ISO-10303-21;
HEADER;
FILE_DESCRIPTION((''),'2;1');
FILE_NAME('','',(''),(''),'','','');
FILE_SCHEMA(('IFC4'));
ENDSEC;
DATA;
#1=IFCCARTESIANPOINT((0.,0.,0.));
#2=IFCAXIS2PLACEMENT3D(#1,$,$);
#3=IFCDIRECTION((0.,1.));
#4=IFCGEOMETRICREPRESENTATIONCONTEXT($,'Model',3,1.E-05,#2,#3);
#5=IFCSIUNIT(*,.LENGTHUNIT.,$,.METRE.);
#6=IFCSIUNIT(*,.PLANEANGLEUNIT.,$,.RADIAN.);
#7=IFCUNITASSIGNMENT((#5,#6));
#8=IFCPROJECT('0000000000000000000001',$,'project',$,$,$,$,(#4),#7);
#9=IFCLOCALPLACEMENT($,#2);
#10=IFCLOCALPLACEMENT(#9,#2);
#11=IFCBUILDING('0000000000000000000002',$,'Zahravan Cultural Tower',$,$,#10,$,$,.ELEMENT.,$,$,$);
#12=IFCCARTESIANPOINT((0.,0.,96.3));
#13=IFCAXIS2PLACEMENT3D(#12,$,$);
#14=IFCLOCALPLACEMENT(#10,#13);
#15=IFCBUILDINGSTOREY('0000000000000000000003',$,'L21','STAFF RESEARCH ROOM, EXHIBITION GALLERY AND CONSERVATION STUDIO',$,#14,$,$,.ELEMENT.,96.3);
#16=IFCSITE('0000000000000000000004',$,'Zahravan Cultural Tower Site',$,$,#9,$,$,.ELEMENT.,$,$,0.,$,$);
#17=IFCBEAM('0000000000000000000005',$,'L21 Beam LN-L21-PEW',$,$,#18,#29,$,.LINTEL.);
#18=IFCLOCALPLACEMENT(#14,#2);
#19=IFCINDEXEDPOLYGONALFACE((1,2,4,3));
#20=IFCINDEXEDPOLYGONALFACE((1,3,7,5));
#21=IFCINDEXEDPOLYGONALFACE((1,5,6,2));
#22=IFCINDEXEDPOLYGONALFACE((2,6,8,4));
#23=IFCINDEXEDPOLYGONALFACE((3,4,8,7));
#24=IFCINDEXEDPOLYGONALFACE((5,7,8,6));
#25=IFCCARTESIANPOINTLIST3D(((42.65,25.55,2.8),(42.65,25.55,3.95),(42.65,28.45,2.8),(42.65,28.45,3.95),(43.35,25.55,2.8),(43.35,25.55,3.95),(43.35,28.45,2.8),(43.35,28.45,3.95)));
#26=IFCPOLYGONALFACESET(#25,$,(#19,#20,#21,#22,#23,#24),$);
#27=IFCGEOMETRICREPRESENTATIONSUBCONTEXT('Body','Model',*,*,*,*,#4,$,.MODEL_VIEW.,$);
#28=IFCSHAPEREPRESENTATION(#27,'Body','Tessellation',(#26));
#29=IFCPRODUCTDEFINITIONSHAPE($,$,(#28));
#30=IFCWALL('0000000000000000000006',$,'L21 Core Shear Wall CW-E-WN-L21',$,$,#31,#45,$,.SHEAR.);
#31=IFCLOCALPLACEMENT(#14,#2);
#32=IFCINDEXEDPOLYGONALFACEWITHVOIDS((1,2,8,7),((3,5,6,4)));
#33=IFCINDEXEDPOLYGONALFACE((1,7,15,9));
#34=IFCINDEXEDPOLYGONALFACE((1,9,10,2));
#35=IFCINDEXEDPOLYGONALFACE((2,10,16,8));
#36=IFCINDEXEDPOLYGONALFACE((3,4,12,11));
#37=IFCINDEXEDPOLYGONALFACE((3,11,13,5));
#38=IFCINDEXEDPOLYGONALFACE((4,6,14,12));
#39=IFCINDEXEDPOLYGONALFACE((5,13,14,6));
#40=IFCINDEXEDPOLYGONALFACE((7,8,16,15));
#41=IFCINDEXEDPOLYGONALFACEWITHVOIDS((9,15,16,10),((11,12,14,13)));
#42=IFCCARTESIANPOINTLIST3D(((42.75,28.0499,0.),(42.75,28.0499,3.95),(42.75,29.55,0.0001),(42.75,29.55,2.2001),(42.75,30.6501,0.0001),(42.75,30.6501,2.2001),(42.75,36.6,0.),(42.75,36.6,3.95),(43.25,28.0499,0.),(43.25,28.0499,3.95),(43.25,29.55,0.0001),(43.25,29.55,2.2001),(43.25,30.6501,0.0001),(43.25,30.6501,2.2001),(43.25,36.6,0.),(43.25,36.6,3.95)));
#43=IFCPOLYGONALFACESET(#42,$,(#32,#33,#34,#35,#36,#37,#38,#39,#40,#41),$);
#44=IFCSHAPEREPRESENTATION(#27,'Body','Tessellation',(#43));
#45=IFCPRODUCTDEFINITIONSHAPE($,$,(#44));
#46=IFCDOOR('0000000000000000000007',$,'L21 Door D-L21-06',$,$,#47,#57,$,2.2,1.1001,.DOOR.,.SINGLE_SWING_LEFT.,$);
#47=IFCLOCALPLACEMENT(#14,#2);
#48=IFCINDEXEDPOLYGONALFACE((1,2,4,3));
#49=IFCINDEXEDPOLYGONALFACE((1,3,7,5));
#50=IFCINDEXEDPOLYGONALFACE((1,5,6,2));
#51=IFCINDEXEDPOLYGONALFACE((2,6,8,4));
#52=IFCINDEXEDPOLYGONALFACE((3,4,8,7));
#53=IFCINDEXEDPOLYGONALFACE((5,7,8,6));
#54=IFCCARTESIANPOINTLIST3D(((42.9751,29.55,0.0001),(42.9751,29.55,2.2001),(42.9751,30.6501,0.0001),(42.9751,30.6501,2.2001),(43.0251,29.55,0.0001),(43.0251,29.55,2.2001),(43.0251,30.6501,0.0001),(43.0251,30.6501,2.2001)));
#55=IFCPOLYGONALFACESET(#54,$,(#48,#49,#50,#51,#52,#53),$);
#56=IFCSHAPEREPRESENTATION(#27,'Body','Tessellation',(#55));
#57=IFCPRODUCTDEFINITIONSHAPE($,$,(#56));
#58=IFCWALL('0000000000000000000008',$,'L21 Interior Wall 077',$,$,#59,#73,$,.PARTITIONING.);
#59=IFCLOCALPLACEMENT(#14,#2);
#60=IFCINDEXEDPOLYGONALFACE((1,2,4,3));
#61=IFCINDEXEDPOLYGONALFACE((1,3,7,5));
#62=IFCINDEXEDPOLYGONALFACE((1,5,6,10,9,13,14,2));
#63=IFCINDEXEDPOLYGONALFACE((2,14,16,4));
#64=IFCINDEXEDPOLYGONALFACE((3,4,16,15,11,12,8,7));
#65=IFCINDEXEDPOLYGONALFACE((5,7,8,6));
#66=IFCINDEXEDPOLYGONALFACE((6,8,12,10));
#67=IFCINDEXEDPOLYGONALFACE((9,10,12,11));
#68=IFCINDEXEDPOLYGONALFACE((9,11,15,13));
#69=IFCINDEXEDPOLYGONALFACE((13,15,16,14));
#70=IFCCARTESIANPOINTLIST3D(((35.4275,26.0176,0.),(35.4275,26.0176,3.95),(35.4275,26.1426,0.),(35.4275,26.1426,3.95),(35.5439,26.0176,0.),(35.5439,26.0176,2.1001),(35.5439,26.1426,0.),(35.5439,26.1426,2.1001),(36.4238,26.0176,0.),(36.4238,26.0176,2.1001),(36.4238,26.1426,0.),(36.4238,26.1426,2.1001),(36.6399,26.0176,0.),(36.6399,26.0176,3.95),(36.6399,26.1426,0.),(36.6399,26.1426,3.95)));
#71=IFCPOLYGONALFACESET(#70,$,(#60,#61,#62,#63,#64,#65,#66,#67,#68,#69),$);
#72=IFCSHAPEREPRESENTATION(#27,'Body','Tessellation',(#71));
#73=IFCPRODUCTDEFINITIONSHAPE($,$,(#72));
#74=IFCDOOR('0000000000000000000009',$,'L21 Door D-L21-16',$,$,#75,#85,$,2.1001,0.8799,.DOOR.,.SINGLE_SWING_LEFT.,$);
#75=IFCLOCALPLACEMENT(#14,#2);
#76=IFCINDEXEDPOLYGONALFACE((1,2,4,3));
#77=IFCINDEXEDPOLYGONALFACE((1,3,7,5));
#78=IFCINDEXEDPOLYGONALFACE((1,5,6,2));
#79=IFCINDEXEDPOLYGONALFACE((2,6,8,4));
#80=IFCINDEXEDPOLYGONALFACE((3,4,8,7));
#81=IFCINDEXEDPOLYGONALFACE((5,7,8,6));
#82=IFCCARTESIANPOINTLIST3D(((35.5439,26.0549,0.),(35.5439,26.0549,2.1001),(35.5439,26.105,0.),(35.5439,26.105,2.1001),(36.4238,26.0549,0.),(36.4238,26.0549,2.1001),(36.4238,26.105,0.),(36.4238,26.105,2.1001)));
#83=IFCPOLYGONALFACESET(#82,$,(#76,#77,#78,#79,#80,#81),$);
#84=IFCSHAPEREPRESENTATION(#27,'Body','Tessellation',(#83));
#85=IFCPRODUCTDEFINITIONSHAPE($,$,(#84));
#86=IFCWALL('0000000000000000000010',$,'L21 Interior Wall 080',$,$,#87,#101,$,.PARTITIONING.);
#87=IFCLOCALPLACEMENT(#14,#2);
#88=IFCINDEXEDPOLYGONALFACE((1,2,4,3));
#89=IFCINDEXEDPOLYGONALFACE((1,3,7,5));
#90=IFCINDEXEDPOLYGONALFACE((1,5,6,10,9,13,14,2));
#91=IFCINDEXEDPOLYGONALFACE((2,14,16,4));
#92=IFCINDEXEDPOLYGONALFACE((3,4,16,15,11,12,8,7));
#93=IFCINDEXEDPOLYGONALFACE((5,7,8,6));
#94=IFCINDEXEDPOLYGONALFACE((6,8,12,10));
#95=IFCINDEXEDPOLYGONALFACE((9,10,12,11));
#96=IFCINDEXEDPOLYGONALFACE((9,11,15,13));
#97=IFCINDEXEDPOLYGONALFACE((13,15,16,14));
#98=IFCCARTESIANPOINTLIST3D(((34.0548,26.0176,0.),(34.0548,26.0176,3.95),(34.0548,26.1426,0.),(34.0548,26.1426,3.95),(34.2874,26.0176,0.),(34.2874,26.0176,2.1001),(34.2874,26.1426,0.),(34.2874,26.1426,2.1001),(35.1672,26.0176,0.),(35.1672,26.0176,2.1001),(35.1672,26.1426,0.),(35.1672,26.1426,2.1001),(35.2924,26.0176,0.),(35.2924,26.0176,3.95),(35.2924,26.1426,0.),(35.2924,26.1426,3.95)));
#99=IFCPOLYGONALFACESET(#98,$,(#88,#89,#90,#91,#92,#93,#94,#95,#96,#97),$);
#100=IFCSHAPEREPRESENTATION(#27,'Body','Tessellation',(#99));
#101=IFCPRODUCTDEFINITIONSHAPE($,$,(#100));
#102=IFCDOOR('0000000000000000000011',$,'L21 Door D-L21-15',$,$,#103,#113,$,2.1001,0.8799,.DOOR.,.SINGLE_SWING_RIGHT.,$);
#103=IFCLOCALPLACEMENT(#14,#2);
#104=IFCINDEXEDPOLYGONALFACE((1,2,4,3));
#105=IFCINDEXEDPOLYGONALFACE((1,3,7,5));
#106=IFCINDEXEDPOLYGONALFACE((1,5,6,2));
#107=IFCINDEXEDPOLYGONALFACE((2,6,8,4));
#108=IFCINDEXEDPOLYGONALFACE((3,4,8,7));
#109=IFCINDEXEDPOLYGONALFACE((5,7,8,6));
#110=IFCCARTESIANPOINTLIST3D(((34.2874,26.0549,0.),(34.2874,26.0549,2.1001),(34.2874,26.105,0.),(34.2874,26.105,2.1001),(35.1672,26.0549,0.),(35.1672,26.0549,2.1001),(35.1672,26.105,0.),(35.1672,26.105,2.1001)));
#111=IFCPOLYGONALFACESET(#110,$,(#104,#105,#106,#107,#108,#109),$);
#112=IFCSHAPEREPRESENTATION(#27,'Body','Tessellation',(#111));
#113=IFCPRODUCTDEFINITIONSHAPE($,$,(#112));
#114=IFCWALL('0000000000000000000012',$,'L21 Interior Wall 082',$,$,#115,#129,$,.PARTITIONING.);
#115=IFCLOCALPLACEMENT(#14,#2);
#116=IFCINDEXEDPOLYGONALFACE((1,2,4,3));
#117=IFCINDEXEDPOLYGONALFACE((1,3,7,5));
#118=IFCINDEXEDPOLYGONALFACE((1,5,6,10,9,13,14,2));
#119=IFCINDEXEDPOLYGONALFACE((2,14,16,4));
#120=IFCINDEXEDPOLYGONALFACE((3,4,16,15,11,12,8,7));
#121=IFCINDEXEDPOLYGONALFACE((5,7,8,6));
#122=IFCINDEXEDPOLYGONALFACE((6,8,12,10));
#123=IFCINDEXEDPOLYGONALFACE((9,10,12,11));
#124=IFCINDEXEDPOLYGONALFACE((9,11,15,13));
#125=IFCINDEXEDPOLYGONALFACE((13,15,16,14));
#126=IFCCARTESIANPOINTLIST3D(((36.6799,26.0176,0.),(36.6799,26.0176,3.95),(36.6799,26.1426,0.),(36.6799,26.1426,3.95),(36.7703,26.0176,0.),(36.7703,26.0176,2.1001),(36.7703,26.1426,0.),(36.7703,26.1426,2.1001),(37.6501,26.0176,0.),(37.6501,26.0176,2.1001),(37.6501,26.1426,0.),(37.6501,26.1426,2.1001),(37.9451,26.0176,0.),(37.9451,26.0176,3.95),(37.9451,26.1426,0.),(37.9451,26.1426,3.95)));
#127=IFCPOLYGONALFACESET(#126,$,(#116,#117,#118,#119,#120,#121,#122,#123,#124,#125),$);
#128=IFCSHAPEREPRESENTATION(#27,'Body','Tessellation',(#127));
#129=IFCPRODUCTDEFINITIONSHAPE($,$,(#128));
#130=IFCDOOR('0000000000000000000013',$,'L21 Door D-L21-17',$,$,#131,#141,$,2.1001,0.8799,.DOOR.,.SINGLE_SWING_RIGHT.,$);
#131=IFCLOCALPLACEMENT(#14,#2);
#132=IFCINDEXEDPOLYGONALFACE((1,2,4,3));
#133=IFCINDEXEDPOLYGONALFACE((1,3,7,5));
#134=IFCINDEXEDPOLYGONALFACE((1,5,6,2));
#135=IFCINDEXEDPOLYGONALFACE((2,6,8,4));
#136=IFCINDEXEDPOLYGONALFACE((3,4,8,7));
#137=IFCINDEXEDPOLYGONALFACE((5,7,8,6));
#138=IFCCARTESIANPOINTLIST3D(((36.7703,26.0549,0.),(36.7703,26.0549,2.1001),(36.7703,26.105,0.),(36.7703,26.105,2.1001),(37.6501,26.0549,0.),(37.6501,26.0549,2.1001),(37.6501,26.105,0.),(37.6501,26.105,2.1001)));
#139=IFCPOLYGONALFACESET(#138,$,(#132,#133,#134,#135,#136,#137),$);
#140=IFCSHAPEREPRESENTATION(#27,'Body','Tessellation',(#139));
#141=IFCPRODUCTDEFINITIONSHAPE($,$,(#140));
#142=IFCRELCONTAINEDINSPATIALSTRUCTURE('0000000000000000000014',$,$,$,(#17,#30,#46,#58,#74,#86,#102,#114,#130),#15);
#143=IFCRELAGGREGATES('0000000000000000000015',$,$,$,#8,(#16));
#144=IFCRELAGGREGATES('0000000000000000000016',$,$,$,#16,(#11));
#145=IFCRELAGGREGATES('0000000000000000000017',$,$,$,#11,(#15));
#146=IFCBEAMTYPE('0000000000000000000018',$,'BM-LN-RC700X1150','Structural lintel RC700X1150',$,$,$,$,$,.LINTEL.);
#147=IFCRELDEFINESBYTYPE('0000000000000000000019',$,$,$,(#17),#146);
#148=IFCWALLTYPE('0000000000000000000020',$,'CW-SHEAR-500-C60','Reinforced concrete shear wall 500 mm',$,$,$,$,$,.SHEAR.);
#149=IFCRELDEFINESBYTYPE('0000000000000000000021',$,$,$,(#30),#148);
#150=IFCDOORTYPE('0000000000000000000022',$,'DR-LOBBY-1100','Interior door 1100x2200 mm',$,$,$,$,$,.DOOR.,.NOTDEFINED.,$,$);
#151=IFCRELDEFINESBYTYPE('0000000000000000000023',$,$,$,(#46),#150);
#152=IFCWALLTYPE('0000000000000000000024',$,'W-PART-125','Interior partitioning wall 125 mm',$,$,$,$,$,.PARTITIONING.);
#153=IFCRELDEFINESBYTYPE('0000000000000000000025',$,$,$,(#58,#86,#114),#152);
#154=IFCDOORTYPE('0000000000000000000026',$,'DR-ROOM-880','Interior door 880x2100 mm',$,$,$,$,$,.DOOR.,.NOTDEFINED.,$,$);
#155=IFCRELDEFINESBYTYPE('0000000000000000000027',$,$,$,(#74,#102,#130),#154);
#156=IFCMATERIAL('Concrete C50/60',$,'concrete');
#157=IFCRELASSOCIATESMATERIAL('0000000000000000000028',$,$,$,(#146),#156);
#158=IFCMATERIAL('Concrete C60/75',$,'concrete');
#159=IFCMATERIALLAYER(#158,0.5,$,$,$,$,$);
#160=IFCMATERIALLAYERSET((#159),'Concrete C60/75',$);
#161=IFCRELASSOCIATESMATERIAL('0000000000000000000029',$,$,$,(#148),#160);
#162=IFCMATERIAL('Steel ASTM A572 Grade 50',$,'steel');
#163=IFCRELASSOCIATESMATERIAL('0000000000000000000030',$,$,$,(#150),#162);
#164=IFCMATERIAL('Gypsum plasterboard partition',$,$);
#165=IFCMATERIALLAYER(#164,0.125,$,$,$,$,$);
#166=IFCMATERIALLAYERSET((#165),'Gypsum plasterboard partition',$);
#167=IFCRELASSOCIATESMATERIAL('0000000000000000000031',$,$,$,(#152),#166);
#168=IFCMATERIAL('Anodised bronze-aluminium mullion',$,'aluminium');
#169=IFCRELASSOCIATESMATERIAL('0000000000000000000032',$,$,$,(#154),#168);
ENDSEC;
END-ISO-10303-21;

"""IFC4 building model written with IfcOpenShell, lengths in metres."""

from ifc_helpers import new_model, si_unit, direction, frame, frame_2d, origin, origin_2d, place, context, subcontext, project, spatial, rectangle, extrude, source, transform, mapped, material, layer, layer_set, material_profile, profile_set, type_object, element, fill, save


model = new_model("IFC4")

# Units and contexts
model_context = context("Model", 3, precision=1e-05, world=origin(), true_north=direction((0.0, 1.0)))
body_context = subcontext(model_context, "Body", "Model", "MODEL_VIEW")
ifc_project = project(units=[si_unit("LENGTHUNIT", "METRE"), si_unit("PLANEANGLEUNIT", "RADIAN")], contexts=[model_context])

# Site, building, storey
site_placement = place(None, origin())
site = spatial("IfcSite", under=ifc_project, at=site_placement, Name="Zahravan Cultural Tower Site", CompositionType="ELEMENT", RefElevation=0.0)
building_placement = place(site_placement, origin())
building = spatial("IfcBuilding", under=site, at=building_placement, Name="Zahravan Cultural Tower", CompositionType="ELEMENT")
storey_placement = place(building_placement, frame((0.0, 0.0, 96.3)))
storey = spatial("IfcBuildingStorey", under=building, at=storey_placement, Name="L21", Description="STAFF RESEARCH ROOM, EXHIBITION GALLERY AND CONSERVATION STUDIO", CompositionType="ELEMENT", Elevation=96.3)

# Beam
ifc_material_1 = material(Name="Concrete C50/60", Category="concrete")
ifc_material_profile = material_profile(ifc_material_1, rectangle(XDim=0.7, YDim=1.1499, at=origin_2d()), Name="RC700X1150")
ifc_profile_set = profile_set([ifc_material_profile], Name="Concrete C50/60")
beam_type = type_object("IfcBeamType", Name="BM-LN-RC700X1150", Description="Structural lintel RC700X1150", PredefinedType="LINTEL", material=ifc_profile_set)
shared_shape_1 = source(origin(), body_context, "Body", "SweptSolid", [
    extrude(rectangle(XDim=0.7, YDim=1.1499, at=origin_2d()), origin(), (0.0, 0.0, 1.0), 2.8999),
])
beam_placement = place(storey_placement, frame((43.0, 25.55, 3.375), z_axis=(0.0, 1.0, 0.0), x_axis=(-1.0, 0.0, 0.0)))
element("IfcBeam", 1, at=beam_placement, inside=storey, type_object=beam_type, Name="L21 Beam LN-L21-PEW", PredefinedType="LINTEL", context=body_context, shape_type="MappedRepresentation", body=[
    mapped(shared_shape_1, transform((0.0, 0.0, 0.0), x_axis=(1.0, 0.0, 0.0), y_axis=(0.0, 1.0, 0.0), z_axis=(0.0, 0.0, 1.0), scale=1.0)),
])

# Walls, openings, doors
ifc_material_2 = material(Name="Concrete C60/75", Category="concrete")
ifc_layer_1 = layer(ifc_material_2, 0.5)
ifc_layer_set_1 = layer_set([ifc_layer_1], Name="Concrete C60/75")
wall_type_1 = type_object("IfcWallType", Name="CW-SHEAR-500-C60", Description="Reinforced concrete shear wall 500 mm", PredefinedType="SHEAR", material=ifc_layer_set_1)
wall_1_placement = place(storey_placement, frame((43.0, 28.05, 0.0), z_axis=(0.0, 0.0, 1.0), x_axis=(0.0, 1.0, 0.0)))
wall_1 = element("IfcWall", 2, at=wall_1_placement, inside=storey, type_object=wall_type_1, Name="L21 Core Shear Wall CW-E-WN-L21", PredefinedType="SHEAR", context=body_context, shape_type="SweptSolid", body=[
    extrude(rectangle(XDim=8.55, YDim=0.5, at=frame_2d((4.2749, 0.0))), origin(), (0.0, 0.0, 1.0), 3.95),
])
opening_1_placement = place(wall_1_placement, frame((1.5, 0.0, 0.0)))
opening_1 = element("IfcOpeningElement", 3, at=opening_1_placement, cuts=wall_1, PredefinedType="OPENING", context=body_context, shape_type="SweptSolid", body=[
    extrude(rectangle(XDim=1.1001, YDim=2.2, at=frame_2d((0.55, 1.1001))), frame((0.0, 0.26, 0.0), z_axis=(0.0, -1.0, 0.0), x_axis=(1.0, 0.0, 0.0)), (0.0, 0.0, 1.0), 0.52),
])
ifc_material_3 = material(Name="Steel ASTM A572 Grade 50", Category="steel")
door_type_1 = type_object("IfcDoorType", Name="DR-LOBBY-1100", Description="Interior door 1100x2200 mm", OperationType="NOTDEFINED", PredefinedType="DOOR", material=ifc_material_3)
shared_shape_2 = source(origin(), body_context, "Body", "SweptSolid", [
    extrude(rectangle(XDim=1.1001, YDim=2.2, at=frame_2d((0.55, 1.1001))), frame((0.0, 0.0249, 0.0), z_axis=(0.0, -1.0, 0.0), x_axis=(1.0, 0.0, 0.0)), (0.0, 0.0, 1.0), 0.05),
])
door_1_placement = place(opening_1_placement, origin())
door_1 = element("IfcDoor", 4, at=door_1_placement, inside=storey, type_object=door_type_1, Name="L21 Door D-L21-06", OperationType="SINGLE_SWING_LEFT", OverallHeight=2.2, OverallWidth=1.1001, PredefinedType="DOOR", context=body_context, shape_type="MappedRepresentation", body=[
    mapped(shared_shape_2, transform((0.0, 0.0, 0.0), x_axis=(1.0, 0.0, 0.0), y_axis=(0.0, 1.0, 0.0), z_axis=(0.0, 0.0, 1.0), scale=1.0)),
])
fill(opening_1, door_1)
ifc_material_4 = material(Name="Gypsum plasterboard partition")
ifc_layer_2 = layer(ifc_material_4, 0.125)
ifc_layer_set_2 = layer_set([ifc_layer_2], Name="Gypsum plasterboard partition")
wall_type_2 = type_object("IfcWallType", Name="W-PART-125", Description="Interior partitioning wall 125 mm", PredefinedType="PARTITIONING", material=ifc_layer_set_2)
wall_2_placement = place(storey_placement, frame((35.4275, 26.0801, 0.0), z_axis=(0.0, 0.0, 1.0), x_axis=(1.0, 0.0, 0.0)))
wall_2 = element("IfcWall", 5, at=wall_2_placement, inside=storey, type_object=wall_type_2, Name="L21 Interior Wall 077", PredefinedType="PARTITIONING", context=body_context, shape_type="SweptSolid", body=[
    extrude(rectangle(XDim=1.2124, YDim=0.125, at=frame_2d((0.6062, 0.0))), origin(), (0.0, 0.0, 1.0), 3.95),
])
opening_2_placement = place(wall_2_placement, frame((0.1165, 0.0, 0.0)))
opening_2 = element("IfcOpeningElement", 6, at=opening_2_placement, cuts=wall_2, PredefinedType="OPENING", context=body_context, shape_type="SweptSolid", body=[
    extrude(rectangle(XDim=0.8799, YDim=2.1001, at=frame_2d((0.4399, 1.05))), frame((0.0, 0.0725, 0.0), z_axis=(0.0, -1.0, 0.0), x_axis=(1.0, 0.0, 0.0)), (0.0, 0.0, 1.0), 0.145),
])
ifc_material_5 = material(Name="Anodised bronze-aluminium mullion", Category="aluminium")
door_type_2 = type_object("IfcDoorType", Name="DR-ROOM-880", Description="Interior door 880x2100 mm", OperationType="NOTDEFINED", PredefinedType="DOOR", material=ifc_material_5)
shared_shape_3 = source(origin(), body_context, "Body", "SweptSolid", [
    extrude(rectangle(XDim=0.8799, YDim=2.1001, at=frame_2d((0.4399, 1.05))), frame((0.0, 0.0249, 0.0), z_axis=(0.0, -1.0, 0.0), x_axis=(1.0, 0.0, 0.0)), (0.0, 0.0, 1.0), 0.05),
])
door_2_placement = place(opening_2_placement, origin())
door_2 = element("IfcDoor", 7, at=door_2_placement, inside=storey, type_object=door_type_2, Name="L21 Door D-L21-16", OperationType="SINGLE_SWING_LEFT", OverallHeight=2.1001, OverallWidth=0.8799, PredefinedType="DOOR", context=body_context, shape_type="MappedRepresentation", body=[
    mapped(shared_shape_3, transform((0.0, 0.0, 0.0), x_axis=(1.0, 0.0, 0.0), y_axis=(0.0, 1.0, 0.0), z_axis=(0.0, 0.0, 1.0), scale=1.0)),
])
fill(opening_2, door_2)
wall_3_placement = place(storey_placement, frame((34.0549, 26.0801, 0.0), z_axis=(0.0, 0.0, 1.0), x_axis=(1.0, 0.0, 0.0)))
wall_3 = element("IfcWall", 8, at=wall_3_placement, inside=storey, type_object=wall_type_2, Name="L21 Interior Wall 080", PredefinedType="PARTITIONING", context=body_context, shape_type="SweptSolid", body=[
    extrude(rectangle(XDim=1.2375, YDim=0.125, at=frame_2d((0.6187, 0.0))), origin(), (0.0, 0.0, 1.0), 3.95),
])
opening_3_placement = place(wall_3_placement, frame((0.2324, 0.0, 0.0)))
opening_3 = element("IfcOpeningElement", 9, at=opening_3_placement, cuts=wall_3, PredefinedType="OPENING", context=body_context, shape_type="SweptSolid", body=[
    extrude(rectangle(XDim=0.8799, YDim=2.1001, at=frame_2d((0.4399, 1.05))), frame((0.0, 0.0725, 0.0), z_axis=(0.0, -1.0, 0.0), x_axis=(1.0, 0.0, 0.0)), (0.0, 0.0, 1.0), 0.145),
])
door_3_placement = place(opening_3_placement, origin())
door_3 = element("IfcDoor", 10, at=door_3_placement, inside=storey, type_object=door_type_2, Name="L21 Door D-L21-15", OperationType="SINGLE_SWING_RIGHT", OverallHeight=2.1001, OverallWidth=0.8799, PredefinedType="DOOR", context=body_context, shape_type="MappedRepresentation", body=[
    mapped(shared_shape_3, transform((0.0, 0.0, 0.0), x_axis=(1.0, 0.0, 0.0), y_axis=(0.0, 1.0, 0.0), z_axis=(0.0, 0.0, 1.0), scale=1.0)),
])
fill(opening_3, door_3)
wall_4_placement = place(storey_placement, frame((36.6799, 26.0801, 0.0), z_axis=(0.0, 0.0, 1.0), x_axis=(1.0, 0.0, 0.0)))
wall_4 = element("IfcWall", 11, at=wall_4_placement, inside=storey, type_object=wall_type_2, Name="L21 Interior Wall 082", PredefinedType="PARTITIONING", context=body_context, shape_type="SweptSolid", body=[
    extrude(rectangle(XDim=1.2651, YDim=0.125, at=frame_2d((0.6326, 0.0))), origin(), (0.0, 0.0, 1.0), 3.95),
])
opening_4_placement = place(wall_4_placement, frame((0.0903, 0.0, 0.0)))
opening_4 = element("IfcOpeningElement", 12, at=opening_4_placement, cuts=wall_4, PredefinedType="OPENING", context=body_context, shape_type="SweptSolid", body=[
    extrude(rectangle(XDim=0.8799, YDim=2.1001, at=frame_2d((0.4399, 1.05))), frame((0.0, 0.0725, 0.0), z_axis=(0.0, -1.0, 0.0), x_axis=(1.0, 0.0, 0.0)), (0.0, 0.0, 1.0), 0.145),
])
door_4_placement = place(opening_4_placement, origin())
door_4 = element("IfcDoor", 13, at=door_4_placement, inside=storey, type_object=door_type_2, Name="L21 Door D-L21-17", OperationType="SINGLE_SWING_RIGHT", OverallHeight=2.1001, OverallWidth=0.8799, PredefinedType="DOOR", context=body_context, shape_type="MappedRepresentation", body=[
    mapped(shared_shape_3, transform((0.0, 0.0, 0.0), x_axis=(1.0, 0.0, 0.0), y_axis=(0.0, 1.0, 0.0), z_axis=(0.0, 0.0, 1.0), scale=1.0)),
])
fill(opening_4, door_4)

save(model, "model.ifc")
